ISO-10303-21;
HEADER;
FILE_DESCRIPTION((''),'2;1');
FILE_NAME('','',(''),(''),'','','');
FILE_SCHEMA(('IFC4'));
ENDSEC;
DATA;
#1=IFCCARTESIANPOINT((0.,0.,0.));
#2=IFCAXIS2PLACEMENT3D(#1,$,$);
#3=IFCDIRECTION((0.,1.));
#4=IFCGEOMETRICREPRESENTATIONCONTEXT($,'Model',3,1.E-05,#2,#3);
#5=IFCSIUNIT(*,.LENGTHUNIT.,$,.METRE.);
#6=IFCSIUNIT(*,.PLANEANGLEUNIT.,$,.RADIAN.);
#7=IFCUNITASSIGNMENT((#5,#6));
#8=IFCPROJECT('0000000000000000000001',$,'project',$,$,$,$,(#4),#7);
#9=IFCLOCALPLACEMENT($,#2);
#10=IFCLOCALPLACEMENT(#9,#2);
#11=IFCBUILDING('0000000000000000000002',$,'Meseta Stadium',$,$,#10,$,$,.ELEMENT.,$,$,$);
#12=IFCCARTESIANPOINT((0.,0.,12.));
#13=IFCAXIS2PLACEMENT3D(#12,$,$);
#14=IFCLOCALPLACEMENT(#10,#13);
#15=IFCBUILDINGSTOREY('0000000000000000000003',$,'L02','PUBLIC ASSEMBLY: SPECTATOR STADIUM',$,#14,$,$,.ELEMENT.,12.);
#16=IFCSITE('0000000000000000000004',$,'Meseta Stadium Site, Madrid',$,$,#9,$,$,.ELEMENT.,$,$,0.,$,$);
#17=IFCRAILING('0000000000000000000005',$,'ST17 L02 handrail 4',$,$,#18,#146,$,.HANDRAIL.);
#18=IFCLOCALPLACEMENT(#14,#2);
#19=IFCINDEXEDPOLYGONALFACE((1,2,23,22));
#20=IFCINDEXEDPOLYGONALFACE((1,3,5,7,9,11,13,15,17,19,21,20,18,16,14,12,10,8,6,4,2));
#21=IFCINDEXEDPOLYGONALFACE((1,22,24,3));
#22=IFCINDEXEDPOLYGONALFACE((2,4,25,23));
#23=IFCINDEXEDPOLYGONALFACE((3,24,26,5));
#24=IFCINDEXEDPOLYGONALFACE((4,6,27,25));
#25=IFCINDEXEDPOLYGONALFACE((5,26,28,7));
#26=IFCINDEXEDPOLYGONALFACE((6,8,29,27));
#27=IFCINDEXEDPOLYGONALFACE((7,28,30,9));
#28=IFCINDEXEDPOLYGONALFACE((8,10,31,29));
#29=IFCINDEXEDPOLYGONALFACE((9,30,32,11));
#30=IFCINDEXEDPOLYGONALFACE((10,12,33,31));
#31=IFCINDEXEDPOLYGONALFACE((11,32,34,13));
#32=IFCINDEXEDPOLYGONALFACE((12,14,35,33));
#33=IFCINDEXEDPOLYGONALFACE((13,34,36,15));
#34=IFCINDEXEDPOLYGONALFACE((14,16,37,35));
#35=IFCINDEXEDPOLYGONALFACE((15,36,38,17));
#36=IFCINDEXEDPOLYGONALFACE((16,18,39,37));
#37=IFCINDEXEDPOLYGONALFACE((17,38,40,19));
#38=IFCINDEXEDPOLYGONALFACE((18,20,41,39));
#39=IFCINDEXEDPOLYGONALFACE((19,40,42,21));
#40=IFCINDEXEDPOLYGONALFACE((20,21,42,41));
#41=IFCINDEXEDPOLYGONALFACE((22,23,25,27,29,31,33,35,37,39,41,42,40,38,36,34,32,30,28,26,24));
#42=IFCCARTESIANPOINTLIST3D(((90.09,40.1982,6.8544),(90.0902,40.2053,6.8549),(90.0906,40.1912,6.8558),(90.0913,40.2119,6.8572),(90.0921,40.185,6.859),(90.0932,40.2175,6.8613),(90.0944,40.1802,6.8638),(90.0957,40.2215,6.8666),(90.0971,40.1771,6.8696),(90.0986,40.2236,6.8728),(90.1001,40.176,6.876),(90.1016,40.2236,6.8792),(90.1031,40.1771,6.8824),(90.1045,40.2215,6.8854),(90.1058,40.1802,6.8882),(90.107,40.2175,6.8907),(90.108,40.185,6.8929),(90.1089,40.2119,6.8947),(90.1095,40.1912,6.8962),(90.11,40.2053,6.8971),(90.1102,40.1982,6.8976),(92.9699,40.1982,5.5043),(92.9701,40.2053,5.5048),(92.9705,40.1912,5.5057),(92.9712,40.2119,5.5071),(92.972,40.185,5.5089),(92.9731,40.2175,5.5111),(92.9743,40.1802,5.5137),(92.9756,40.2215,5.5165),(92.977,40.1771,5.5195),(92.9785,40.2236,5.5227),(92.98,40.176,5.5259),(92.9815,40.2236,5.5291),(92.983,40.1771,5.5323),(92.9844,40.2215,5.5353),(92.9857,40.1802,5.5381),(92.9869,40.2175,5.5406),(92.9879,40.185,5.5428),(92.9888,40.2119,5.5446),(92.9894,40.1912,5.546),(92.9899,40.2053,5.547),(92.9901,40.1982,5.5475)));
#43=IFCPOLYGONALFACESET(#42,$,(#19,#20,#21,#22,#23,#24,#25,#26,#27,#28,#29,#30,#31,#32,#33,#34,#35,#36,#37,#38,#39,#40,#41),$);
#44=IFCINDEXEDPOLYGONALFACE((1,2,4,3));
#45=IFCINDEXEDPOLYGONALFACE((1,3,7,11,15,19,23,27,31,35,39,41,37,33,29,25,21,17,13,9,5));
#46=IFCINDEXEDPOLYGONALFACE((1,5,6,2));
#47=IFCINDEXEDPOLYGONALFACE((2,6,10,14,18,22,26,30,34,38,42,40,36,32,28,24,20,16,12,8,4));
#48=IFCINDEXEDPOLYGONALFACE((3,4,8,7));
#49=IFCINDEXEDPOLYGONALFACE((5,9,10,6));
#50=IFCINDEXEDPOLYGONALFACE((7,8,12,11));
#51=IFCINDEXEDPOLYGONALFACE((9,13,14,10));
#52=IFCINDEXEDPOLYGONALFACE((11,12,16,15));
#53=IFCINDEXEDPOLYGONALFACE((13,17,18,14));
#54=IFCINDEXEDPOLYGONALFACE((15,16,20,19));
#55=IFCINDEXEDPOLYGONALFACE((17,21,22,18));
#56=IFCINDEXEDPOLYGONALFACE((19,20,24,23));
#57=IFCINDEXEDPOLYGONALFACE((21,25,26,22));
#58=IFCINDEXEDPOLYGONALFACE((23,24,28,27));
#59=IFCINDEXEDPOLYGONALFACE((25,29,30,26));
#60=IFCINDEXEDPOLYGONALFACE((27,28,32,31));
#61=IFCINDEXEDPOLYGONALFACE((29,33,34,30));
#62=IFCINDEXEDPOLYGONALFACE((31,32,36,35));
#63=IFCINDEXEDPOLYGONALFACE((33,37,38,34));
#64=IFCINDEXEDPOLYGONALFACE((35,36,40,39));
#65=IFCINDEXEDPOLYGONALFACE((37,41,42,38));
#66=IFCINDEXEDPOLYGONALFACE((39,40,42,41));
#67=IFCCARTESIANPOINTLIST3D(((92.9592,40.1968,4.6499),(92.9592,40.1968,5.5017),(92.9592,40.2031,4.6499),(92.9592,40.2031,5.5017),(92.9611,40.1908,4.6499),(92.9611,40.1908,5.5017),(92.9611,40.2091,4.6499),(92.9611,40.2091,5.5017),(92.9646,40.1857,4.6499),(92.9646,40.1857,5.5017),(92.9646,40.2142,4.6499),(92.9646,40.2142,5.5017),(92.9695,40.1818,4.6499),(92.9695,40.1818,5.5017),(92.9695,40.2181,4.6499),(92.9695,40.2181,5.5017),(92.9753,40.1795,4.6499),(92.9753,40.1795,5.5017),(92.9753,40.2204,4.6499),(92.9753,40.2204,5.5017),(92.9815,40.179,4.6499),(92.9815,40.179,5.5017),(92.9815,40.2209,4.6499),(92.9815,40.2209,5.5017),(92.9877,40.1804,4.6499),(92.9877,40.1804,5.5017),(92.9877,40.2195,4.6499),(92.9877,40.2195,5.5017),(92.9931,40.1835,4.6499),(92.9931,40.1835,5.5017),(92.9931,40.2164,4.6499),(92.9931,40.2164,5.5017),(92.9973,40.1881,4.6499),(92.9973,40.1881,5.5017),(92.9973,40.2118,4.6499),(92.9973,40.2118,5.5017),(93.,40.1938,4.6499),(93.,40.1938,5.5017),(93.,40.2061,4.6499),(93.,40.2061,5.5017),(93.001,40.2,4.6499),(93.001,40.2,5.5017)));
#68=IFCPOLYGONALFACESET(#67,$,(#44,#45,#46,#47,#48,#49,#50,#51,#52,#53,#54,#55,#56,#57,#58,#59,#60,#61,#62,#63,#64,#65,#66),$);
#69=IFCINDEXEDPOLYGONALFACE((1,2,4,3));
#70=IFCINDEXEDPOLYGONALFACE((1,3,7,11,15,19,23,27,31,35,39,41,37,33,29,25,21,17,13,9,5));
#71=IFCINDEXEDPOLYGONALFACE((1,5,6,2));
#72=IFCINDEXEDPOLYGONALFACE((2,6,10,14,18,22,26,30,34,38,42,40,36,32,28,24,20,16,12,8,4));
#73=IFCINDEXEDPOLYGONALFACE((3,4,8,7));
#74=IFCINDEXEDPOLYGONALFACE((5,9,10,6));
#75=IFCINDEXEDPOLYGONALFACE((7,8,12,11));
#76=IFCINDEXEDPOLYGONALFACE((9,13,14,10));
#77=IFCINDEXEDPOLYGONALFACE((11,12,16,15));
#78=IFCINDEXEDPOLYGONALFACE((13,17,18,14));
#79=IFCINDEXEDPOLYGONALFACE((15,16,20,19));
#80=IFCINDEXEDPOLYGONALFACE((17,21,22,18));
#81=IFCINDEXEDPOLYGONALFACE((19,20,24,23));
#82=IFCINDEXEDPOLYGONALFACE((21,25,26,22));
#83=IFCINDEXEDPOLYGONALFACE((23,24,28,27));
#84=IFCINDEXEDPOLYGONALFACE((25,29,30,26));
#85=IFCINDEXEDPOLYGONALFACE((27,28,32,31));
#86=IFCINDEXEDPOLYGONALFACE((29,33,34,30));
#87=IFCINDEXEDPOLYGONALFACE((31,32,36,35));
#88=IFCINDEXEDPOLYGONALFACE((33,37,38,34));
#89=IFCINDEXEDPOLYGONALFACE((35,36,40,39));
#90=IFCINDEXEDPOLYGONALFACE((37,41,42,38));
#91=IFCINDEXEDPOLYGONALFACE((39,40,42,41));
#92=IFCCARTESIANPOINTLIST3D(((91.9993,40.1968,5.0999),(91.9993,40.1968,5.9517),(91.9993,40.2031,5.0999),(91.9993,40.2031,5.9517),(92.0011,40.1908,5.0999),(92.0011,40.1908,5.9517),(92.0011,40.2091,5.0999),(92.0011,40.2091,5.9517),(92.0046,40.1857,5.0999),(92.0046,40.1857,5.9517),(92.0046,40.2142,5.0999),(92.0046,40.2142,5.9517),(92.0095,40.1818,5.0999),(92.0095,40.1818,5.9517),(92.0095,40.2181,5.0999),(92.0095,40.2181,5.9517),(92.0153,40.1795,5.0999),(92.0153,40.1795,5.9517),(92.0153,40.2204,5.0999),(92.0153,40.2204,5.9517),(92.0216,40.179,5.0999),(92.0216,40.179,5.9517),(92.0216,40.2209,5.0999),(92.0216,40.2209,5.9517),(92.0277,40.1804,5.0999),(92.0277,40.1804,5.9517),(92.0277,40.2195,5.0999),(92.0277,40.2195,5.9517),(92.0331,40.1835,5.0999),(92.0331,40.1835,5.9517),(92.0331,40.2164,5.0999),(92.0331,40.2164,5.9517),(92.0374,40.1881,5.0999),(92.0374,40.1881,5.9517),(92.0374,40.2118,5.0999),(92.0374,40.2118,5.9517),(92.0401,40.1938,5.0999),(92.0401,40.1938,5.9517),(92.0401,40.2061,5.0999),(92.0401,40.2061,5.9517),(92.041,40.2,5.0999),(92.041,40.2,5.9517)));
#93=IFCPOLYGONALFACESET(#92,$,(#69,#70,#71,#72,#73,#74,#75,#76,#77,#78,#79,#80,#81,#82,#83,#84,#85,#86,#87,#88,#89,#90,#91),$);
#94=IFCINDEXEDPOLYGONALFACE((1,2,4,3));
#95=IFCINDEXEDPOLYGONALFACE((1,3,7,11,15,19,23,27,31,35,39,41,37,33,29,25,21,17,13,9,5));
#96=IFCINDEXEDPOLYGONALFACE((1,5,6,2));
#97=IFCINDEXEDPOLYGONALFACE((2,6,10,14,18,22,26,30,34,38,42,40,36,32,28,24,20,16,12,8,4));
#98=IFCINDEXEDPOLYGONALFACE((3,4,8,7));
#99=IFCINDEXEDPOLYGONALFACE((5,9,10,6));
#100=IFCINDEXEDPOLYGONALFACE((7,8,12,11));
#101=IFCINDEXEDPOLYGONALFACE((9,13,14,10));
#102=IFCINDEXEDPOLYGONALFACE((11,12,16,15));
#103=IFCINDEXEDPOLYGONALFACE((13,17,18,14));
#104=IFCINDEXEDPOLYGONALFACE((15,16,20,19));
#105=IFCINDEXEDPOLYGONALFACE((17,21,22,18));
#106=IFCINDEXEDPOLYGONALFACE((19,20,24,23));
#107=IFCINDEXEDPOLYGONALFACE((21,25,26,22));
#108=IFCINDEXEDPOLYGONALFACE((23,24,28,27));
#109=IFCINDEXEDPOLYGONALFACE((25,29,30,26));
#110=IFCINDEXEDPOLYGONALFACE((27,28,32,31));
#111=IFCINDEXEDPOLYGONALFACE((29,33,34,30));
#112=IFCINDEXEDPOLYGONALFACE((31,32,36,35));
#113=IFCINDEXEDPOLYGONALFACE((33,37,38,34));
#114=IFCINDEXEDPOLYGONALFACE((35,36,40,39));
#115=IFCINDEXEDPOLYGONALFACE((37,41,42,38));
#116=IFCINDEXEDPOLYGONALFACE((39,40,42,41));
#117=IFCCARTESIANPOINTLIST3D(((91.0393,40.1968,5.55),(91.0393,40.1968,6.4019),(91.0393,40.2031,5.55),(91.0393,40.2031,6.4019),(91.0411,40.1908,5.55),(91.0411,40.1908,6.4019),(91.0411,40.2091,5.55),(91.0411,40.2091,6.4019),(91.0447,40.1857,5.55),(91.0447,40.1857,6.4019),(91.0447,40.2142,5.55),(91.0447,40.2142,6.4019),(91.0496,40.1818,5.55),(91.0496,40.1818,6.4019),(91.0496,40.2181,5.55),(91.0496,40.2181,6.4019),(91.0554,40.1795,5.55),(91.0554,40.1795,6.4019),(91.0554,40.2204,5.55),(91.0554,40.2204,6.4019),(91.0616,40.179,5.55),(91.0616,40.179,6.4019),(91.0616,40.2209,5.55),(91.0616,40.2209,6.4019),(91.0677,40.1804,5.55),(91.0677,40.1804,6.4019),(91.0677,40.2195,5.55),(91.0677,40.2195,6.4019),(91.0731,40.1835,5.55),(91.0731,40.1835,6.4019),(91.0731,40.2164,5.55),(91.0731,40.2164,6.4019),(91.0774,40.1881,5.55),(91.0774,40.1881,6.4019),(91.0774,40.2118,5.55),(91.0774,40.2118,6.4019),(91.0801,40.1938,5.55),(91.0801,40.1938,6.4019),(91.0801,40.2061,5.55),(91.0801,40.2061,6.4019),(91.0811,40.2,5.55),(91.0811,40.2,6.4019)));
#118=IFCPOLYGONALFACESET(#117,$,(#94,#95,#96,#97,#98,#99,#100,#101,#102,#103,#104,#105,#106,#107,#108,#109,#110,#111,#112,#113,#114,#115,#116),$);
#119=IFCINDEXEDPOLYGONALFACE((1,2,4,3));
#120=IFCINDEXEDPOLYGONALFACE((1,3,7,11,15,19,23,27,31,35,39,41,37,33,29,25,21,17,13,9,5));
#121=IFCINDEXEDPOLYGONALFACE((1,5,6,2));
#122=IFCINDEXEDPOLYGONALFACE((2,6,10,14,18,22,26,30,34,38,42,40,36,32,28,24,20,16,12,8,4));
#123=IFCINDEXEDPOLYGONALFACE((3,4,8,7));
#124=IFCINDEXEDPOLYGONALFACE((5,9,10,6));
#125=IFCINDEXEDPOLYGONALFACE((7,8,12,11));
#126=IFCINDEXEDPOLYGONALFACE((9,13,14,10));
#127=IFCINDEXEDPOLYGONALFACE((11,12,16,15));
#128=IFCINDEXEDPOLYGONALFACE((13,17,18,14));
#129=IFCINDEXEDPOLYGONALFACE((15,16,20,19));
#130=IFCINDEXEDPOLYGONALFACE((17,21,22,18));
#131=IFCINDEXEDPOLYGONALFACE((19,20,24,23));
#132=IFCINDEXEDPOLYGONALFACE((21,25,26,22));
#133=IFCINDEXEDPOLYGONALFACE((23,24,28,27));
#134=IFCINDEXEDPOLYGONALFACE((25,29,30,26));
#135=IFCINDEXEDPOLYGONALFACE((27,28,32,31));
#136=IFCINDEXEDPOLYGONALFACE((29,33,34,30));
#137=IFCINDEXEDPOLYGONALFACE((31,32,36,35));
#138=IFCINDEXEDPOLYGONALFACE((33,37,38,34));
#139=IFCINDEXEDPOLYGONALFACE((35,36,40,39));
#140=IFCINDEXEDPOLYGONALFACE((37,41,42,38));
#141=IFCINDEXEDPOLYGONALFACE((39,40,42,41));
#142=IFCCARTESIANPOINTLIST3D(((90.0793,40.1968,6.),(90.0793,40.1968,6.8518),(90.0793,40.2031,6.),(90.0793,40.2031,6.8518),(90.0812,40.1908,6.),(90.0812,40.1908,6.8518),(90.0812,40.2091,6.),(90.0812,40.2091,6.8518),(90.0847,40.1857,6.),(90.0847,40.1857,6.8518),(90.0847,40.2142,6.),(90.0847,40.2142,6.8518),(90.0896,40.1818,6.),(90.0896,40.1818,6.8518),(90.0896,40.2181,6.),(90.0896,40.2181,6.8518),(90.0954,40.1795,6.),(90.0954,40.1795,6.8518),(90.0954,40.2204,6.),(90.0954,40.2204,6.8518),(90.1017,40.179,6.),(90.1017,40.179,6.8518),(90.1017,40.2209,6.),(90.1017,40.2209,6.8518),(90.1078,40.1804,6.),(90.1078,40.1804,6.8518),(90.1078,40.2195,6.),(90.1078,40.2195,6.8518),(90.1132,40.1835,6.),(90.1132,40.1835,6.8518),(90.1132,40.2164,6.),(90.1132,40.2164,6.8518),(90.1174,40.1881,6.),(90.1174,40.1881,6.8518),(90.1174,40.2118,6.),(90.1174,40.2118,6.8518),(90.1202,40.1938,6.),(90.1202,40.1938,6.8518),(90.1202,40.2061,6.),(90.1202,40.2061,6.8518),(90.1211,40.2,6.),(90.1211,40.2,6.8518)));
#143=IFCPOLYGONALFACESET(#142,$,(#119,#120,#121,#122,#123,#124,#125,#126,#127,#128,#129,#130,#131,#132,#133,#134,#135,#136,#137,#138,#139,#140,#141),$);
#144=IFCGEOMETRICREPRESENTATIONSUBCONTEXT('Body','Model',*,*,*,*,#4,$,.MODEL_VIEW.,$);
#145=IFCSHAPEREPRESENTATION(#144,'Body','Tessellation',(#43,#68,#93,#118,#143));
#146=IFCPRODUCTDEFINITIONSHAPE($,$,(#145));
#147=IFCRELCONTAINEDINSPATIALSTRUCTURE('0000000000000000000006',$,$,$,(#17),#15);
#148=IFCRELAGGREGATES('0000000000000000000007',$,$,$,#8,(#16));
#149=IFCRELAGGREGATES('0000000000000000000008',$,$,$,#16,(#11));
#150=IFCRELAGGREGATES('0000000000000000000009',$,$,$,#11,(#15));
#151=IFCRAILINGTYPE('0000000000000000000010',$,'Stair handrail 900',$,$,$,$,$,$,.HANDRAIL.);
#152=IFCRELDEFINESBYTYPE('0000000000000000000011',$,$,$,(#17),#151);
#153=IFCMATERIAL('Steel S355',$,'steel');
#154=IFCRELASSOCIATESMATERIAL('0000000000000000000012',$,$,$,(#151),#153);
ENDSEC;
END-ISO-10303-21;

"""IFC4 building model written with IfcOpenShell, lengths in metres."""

from ifc_helpers import new_model, si_unit, direction, frame, origin, origin_2d, place, context, subcontext, project, spatial, circle, extrude, material, type_object, element, save


model = new_model("IFC4")

# Units and contexts
model_context = context("Model", 3, precision=1e-05, world=origin(), true_north=direction((0.0, 1.0)))
body_context = subcontext(model_context, "Body", "Model", "MODEL_VIEW")
ifc_project = project(units=[si_unit("LENGTHUNIT", "METRE"), si_unit("PLANEANGLEUNIT", "RADIAN")], contexts=[model_context])

# Site, building, storey
site_placement = place(None, origin())
site = spatial("IfcSite", under=ifc_project, at=site_placement, Name="Meseta Stadium Site, Madrid", CompositionType="ELEMENT", RefElevation=0.0)
building_placement = place(site_placement, origin())
building = spatial("IfcBuilding", under=site, at=building_placement, Name="Meseta Stadium", CompositionType="ELEMENT")
storey_placement = place(building_placement, frame((0.0, 0.0, 12.0)))
storey = spatial("IfcBuildingStorey", under=building, at=storey_placement, Name="L02", Description="PUBLIC ASSEMBLY: SPECTATOR STADIUM", CompositionType="ELEMENT", Elevation=12.0)

# Railing
ifc_material_1 = material(Name="Steel S355", Category="steel")
railing_type_1 = type_object("IfcRailingType", Name="Stair handrail 900", PredefinedType="HANDRAIL", material=ifc_material_1)
railing_1_placement = place(storey_placement, frame((92.98, 40.2, 4.6499)))
element("IfcRailing", 1, at=railing_1_placement, inside=storey, type_object=railing_type_1, Name="ST17 L02 handrail 4", PredefinedType="HANDRAIL", context=body_context, shape_type="SweptSolid", body=[
    extrude(circle(Radius=0.0239, at=origin_2d()), frame((0.0, 0.0, 0.876), z_axis=(-0.90544, 0.0, 0.424473), x_axis=(0.0, -1.0, 0.0)), (0.0, 0.0, 1.0), 3.1807),
    extrude(circle(Radius=0.021, at=origin_2d()), origin(), (0.0, 0.0, 1.0), 0.8518),
    extrude(circle(Radius=0.021, at=origin_2d()), frame((-0.96, 0.0, 0.45)), (0.0, 0.0, 1.0), 0.8518),
    extrude(circle(Radius=0.021, at=origin_2d()), frame((-1.9199, 0.0, 0.9001)), (0.0, 0.0, 1.0), 0.8518),
    extrude(circle(Radius=0.021, at=origin_2d()), frame((-2.8799, 0.0, 1.3501)), (0.0, 0.0, 1.0), 0.8518),
])

save(model, "model.ifc")
